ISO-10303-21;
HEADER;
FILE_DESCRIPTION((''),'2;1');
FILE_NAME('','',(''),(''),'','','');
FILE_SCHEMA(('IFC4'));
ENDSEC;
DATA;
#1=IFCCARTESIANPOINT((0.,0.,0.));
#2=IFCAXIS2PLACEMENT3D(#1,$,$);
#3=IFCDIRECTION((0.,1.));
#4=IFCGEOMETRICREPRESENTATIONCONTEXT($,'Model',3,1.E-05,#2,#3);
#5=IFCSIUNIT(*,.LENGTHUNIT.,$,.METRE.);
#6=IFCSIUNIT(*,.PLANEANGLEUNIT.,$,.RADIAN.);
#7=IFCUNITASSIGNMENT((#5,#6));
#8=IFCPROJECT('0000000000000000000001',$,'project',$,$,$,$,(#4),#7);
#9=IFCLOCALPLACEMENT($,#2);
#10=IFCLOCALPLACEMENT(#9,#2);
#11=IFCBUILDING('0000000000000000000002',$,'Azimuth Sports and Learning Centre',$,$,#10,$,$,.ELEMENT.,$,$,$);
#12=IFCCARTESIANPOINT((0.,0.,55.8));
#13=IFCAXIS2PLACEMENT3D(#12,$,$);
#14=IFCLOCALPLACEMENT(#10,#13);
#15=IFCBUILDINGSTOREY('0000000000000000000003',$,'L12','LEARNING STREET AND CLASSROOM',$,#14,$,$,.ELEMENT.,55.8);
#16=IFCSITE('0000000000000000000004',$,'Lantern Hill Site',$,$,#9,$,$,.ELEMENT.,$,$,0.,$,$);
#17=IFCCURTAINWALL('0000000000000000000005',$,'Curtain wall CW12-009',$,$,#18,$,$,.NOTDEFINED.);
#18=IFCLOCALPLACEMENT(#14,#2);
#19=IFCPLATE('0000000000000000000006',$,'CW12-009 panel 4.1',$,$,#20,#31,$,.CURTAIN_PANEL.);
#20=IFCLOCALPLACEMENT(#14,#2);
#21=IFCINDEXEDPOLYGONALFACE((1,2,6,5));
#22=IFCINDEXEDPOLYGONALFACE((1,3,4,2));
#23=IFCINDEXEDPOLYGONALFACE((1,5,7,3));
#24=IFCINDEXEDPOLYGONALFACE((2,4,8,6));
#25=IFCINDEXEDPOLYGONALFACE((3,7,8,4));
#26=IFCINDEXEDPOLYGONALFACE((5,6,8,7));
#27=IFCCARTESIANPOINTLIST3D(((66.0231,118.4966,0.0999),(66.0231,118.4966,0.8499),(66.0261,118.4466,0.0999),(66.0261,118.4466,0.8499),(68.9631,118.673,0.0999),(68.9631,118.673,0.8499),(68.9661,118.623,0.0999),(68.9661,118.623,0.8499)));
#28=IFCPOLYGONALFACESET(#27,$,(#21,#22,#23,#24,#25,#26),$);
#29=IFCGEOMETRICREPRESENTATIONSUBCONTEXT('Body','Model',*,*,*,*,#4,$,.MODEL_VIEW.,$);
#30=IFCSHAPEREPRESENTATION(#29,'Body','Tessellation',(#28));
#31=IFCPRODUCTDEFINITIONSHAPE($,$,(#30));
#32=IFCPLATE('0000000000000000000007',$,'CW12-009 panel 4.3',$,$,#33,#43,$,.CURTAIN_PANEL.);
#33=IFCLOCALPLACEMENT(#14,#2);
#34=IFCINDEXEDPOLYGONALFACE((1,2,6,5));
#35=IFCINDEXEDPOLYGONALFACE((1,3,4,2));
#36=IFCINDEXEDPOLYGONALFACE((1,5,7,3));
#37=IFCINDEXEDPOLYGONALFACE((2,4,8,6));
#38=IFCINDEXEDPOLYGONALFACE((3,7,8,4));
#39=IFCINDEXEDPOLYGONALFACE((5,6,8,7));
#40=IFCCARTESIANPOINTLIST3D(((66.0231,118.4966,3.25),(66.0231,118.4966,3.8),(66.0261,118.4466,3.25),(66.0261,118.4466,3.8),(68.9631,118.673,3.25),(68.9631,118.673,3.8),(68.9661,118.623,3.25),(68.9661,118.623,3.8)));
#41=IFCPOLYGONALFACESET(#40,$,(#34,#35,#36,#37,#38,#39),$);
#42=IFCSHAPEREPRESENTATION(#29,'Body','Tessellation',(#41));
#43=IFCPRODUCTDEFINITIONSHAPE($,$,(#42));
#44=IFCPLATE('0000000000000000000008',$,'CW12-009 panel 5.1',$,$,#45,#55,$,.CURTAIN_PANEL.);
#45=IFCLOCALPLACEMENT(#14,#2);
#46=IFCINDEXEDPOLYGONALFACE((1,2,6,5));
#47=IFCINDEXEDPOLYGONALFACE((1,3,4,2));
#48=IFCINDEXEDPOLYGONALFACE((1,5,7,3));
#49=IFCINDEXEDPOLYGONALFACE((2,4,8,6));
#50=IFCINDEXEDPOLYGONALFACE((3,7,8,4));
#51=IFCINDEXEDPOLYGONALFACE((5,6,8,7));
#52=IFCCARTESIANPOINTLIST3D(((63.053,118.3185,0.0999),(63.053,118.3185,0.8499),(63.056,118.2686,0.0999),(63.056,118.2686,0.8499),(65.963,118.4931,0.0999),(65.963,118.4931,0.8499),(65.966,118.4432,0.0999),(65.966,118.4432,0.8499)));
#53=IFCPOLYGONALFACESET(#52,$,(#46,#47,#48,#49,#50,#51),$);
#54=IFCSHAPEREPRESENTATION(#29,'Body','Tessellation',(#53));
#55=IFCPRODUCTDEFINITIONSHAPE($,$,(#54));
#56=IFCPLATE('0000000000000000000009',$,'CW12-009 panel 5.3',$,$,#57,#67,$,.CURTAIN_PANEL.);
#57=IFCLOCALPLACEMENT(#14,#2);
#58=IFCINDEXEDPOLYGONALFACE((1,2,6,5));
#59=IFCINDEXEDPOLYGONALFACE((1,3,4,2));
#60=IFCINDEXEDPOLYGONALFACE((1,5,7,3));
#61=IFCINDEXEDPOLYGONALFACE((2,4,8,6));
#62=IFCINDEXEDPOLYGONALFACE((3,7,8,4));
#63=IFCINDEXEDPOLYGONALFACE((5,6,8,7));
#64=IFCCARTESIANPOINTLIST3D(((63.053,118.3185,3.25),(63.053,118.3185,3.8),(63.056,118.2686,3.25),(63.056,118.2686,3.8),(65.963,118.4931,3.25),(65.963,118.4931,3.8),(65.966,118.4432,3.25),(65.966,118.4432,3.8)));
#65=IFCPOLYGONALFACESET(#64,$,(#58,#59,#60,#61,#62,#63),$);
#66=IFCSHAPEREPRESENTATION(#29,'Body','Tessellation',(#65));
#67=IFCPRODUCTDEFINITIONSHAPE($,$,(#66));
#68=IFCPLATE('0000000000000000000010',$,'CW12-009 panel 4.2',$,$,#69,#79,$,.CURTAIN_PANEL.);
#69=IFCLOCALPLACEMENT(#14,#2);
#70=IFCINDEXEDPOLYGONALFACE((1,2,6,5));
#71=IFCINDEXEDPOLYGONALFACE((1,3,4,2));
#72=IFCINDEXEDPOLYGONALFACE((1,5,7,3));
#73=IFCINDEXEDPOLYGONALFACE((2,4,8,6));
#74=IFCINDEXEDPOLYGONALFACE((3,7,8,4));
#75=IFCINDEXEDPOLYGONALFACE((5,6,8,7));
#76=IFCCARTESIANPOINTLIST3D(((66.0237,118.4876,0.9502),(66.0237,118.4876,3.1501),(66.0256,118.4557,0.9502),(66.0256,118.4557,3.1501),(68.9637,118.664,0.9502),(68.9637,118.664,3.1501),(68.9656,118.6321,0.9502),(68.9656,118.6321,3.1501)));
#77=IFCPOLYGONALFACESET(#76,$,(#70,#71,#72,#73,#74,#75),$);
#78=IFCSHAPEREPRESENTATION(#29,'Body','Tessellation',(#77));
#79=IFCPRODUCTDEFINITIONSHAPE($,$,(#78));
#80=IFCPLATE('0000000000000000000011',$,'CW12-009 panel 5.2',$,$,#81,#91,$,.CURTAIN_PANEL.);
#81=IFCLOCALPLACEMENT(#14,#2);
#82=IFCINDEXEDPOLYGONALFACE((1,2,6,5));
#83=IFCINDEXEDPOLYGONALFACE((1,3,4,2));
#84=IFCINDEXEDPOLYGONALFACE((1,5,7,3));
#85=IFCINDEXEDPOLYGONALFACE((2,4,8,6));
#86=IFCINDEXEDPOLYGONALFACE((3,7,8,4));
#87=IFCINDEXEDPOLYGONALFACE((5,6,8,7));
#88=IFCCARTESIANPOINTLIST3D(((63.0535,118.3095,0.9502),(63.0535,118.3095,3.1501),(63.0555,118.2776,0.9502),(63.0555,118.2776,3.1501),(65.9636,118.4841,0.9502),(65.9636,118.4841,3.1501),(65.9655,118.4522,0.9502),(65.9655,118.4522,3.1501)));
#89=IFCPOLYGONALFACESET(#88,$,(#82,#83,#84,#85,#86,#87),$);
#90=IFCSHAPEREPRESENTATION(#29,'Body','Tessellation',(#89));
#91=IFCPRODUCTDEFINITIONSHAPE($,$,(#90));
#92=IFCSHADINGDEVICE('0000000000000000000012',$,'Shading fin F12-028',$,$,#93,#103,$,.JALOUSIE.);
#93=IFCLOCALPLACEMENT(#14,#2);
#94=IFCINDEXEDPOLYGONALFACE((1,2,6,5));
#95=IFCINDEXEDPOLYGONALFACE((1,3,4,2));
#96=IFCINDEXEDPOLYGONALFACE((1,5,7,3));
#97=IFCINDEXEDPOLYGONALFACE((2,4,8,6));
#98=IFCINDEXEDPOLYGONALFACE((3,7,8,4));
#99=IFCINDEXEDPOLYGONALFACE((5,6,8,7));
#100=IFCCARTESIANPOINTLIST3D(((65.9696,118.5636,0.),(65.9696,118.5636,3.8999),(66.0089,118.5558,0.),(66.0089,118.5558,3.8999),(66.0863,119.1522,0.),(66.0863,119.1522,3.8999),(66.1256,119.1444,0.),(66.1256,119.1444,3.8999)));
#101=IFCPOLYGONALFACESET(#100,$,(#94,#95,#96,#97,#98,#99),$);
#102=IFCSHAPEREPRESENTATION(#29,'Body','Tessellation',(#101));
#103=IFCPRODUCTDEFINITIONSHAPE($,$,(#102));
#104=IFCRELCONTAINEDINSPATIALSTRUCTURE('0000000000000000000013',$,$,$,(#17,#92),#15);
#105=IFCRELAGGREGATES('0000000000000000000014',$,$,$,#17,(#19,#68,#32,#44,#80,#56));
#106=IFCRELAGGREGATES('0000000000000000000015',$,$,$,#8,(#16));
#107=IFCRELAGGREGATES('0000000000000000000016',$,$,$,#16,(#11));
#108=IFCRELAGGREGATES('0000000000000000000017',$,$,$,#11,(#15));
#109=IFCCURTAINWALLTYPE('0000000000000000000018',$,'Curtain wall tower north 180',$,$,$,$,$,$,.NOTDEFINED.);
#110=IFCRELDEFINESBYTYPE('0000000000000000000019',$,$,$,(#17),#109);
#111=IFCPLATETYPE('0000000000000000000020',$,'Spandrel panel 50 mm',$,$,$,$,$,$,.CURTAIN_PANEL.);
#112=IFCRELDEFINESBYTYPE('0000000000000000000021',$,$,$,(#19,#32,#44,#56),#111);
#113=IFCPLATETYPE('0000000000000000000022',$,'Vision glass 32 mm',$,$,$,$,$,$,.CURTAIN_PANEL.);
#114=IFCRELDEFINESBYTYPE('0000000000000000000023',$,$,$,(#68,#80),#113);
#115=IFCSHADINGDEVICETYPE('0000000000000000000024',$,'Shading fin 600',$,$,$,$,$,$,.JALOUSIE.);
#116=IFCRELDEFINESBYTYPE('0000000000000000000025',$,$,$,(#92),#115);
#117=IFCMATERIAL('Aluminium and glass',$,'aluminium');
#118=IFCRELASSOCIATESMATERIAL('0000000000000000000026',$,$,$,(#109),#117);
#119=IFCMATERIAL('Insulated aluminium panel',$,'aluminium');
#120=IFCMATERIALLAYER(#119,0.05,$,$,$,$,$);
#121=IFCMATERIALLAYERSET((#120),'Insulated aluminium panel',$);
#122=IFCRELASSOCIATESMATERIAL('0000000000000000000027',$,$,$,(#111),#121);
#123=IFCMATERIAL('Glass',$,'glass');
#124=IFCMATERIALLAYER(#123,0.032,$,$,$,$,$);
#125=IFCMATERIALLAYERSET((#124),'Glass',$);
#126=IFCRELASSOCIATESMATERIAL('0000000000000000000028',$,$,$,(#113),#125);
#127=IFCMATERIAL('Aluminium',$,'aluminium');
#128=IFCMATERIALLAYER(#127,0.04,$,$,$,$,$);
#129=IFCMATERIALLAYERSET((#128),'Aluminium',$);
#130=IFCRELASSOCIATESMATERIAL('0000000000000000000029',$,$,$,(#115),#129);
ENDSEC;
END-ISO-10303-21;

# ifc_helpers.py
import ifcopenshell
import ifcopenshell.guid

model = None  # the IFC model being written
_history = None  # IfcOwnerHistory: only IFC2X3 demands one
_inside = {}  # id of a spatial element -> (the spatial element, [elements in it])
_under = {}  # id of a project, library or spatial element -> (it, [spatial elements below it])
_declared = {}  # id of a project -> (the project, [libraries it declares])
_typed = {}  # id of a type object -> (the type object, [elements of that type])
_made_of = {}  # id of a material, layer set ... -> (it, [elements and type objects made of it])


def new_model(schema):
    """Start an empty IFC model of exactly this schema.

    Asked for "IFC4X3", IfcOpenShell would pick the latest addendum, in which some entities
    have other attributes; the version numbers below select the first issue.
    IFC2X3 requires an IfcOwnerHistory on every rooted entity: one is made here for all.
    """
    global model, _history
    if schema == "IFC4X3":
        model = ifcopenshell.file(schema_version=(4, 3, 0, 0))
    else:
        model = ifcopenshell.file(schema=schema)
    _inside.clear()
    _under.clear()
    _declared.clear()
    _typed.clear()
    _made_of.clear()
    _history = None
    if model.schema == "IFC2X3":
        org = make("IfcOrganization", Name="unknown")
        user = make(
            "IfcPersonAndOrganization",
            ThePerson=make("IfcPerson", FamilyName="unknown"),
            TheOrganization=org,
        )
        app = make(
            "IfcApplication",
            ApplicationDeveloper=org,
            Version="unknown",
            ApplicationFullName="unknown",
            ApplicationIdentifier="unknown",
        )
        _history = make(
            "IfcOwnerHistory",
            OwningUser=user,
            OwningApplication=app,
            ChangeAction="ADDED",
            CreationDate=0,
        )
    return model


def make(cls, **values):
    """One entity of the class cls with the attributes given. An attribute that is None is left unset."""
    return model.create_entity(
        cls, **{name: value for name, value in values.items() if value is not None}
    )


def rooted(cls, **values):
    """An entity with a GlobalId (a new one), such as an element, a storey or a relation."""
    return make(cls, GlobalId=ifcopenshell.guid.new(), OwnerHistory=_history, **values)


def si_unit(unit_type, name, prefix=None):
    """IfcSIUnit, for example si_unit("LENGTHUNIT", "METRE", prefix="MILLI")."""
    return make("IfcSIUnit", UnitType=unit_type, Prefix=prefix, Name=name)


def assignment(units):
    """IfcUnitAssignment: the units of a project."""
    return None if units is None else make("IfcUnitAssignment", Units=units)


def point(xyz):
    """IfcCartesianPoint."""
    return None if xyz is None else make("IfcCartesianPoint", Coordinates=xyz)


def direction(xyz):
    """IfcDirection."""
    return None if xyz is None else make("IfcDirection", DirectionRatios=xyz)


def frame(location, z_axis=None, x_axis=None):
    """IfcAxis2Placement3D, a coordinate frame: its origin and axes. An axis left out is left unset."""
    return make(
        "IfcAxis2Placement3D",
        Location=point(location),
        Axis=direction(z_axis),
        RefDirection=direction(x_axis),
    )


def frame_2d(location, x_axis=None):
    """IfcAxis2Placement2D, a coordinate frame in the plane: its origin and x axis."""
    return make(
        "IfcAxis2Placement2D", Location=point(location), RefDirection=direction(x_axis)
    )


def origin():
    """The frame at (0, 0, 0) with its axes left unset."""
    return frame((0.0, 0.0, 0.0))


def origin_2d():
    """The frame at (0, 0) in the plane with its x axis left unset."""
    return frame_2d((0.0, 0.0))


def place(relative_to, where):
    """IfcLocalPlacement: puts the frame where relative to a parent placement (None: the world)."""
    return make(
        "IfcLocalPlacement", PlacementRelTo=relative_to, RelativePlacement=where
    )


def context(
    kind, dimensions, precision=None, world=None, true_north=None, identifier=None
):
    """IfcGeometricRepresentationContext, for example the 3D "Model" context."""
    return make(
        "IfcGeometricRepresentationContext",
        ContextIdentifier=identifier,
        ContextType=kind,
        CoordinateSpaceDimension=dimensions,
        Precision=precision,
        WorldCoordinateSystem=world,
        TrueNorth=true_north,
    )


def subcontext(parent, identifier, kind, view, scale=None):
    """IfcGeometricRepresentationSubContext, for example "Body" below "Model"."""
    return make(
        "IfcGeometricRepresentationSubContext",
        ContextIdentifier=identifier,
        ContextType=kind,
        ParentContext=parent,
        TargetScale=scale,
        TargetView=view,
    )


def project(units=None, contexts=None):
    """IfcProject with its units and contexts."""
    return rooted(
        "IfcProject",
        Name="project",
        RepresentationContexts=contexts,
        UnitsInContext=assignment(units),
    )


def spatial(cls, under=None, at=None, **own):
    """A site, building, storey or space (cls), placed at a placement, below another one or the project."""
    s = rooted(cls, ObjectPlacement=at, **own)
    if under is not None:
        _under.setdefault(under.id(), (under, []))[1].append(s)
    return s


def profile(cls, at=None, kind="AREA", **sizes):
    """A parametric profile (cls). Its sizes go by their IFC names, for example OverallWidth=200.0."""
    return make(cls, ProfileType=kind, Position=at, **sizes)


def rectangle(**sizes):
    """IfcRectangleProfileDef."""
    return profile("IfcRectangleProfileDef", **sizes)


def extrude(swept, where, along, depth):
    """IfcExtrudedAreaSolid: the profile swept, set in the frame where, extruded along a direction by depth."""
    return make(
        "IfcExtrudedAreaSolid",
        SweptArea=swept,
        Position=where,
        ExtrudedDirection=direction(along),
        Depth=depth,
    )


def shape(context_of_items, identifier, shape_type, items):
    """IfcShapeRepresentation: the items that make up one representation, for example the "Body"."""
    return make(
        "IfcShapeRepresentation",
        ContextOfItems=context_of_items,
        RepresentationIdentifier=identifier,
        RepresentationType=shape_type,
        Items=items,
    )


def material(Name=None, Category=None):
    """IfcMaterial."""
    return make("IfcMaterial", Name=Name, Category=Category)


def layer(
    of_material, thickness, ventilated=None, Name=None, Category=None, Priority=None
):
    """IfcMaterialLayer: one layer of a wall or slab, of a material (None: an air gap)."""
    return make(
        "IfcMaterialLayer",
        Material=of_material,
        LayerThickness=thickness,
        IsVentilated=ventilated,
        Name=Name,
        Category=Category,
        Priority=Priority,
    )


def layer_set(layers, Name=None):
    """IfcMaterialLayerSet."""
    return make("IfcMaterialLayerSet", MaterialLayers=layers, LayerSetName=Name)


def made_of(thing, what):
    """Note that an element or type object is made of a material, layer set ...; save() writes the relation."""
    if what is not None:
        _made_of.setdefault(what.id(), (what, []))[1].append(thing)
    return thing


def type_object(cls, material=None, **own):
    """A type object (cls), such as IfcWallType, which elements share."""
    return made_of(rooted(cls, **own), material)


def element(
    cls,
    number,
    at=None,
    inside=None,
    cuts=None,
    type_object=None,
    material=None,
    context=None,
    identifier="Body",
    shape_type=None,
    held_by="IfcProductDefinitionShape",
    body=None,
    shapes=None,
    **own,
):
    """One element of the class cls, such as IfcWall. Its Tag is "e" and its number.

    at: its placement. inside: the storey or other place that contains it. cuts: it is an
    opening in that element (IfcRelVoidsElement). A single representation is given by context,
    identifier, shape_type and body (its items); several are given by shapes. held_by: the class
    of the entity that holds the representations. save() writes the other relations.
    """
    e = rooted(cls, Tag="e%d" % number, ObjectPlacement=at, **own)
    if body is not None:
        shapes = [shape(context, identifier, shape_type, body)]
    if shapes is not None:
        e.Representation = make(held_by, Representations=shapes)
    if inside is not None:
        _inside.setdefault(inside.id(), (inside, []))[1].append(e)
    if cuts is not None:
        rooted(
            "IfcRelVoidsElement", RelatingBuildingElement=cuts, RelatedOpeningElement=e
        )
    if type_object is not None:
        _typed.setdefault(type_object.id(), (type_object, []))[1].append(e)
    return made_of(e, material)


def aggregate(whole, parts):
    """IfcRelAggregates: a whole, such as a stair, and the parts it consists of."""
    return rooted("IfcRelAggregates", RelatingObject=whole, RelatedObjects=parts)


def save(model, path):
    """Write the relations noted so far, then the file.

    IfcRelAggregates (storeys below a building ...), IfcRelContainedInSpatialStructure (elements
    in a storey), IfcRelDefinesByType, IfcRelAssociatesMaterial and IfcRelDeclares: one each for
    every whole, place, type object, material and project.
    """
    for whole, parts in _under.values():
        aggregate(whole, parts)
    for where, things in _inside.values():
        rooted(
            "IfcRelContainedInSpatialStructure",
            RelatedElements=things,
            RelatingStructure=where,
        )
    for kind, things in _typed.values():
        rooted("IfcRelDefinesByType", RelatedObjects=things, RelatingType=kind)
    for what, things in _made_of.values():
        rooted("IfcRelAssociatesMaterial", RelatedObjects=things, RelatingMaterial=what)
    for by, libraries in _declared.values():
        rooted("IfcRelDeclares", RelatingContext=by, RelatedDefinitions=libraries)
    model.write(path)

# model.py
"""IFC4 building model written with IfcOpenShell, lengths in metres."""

from ifc_helpers import new_model, si_unit, direction, frame, origin, origin_2d, place, context, subcontext, project, spatial, rectangle, extrude, material, layer, layer_set, type_object, element, aggregate, save


model = new_model("IFC4")

# Units and contexts
model_context = context("Model", 3, precision=1e-05, world=origin(), true_north=direction((0.0, 1.0)))
body_context = subcontext(model_context, "Body", "Model", "MODEL_VIEW")
ifc_project = project(units=[si_unit("LENGTHUNIT", "METRE"), si_unit("PLANEANGLEUNIT", "RADIAN")], contexts=[model_context])

# Site, building, storey
site_placement = place(None, origin())
site = spatial("IfcSite", under=ifc_project, at=site_placement, Name="Lantern Hill Site", CompositionType="ELEMENT", RefElevation=0.0)
building_placement = place(site_placement, origin())
building = spatial("IfcBuilding", under=site, at=building_placement, Name="Azimuth Sports and Learning Centre", CompositionType="ELEMENT")
storey_placement = place(building_placement, frame((0.0, 0.0, 55.8)))
storey = spatial("IfcBuildingStorey", under=building, at=storey_placement, Name="L12", Description="LEARNING STREET AND CLASSROOM", CompositionType="ELEMENT", Elevation=55.8)

# Curtain wall, plates
ifc_material_1 = material(Name="Aluminium and glass", Category="aluminium")
curtain_wall_type = type_object("IfcCurtainWallType", Name="Curtain wall tower north 180", PredefinedType="NOTDEFINED", material=ifc_material_1)
curtain_wall_placement = place(storey_placement, origin())
curtain_wall = element("IfcCurtainWall", 1, at=curtain_wall_placement, inside=storey, type_object=curtain_wall_type, Name="Curtain wall CW12-009", PredefinedType="NOTDEFINED")
ifc_material_2 = material(Name="Insulated aluminium panel", Category="aluminium")
ifc_layer_1 = layer(ifc_material_2, 0.05)
ifc_layer_set_1 = layer_set([ifc_layer_1], Name="Insulated aluminium panel")
plate_type_1 = type_object("IfcPlateType", Name="Spandrel panel 50 mm", PredefinedType="CURTAIN_PANEL", material=ifc_layer_set_1)
plate_1_placement = place(storey_placement, frame((67.4946, 118.5598, 0.0999), z_axis=(0.0, 0.0, 1.0), x_axis=(-0.998205, -0.059892, 0.0)))
plate_1 = element("IfcPlate", 2, at=plate_1_placement, type_object=plate_type_1, Name="CW12-009 panel 4.1", PredefinedType="CURTAIN_PANEL", context=body_context, shape_type="SweptSolid", body=[
    extrude(rectangle(XDim=2.9453, YDim=0.05, at=origin_2d()), origin(), (0.0, 0.0, 1.0), 0.75),
])
plate_2_placement = place(storey_placement, frame((67.4946, 118.5598, 3.25), z_axis=(0.0, 0.0, 1.0), x_axis=(-0.998205, -0.059892, 0.0)))
plate_2 = element("IfcPlate", 3, at=plate_2_placement, type_object=plate_type_1, Name="CW12-009 panel 4.3", PredefinedType="CURTAIN_PANEL", context=body_context, shape_type="SweptSolid", body=[
    extrude(rectangle(XDim=2.9453, YDim=0.05, at=origin_2d()), origin(), (0.0, 0.0, 1.0), 0.55),
])
plate_3_placement = place(storey_placement, frame((64.5095, 118.3809, 0.0999), z_axis=(0.0, 0.0, 1.0), x_axis=(-0.998205, -0.059892, 0.0)))
plate_3 = element("IfcPlate", 4, at=plate_3_placement, type_object=plate_type_1, Name="CW12-009 panel 5.1", PredefinedType="CURTAIN_PANEL", context=body_context, shape_type="SweptSolid", body=[
    extrude(rectangle(XDim=2.9153, YDim=0.05, at=origin_2d()), origin(), (0.0, 0.0, 1.0), 0.75),
])
plate_4_placement = place(storey_placement, frame((64.5095, 118.3809, 3.25), z_axis=(0.0, 0.0, 1.0), x_axis=(-0.998205, -0.059892, 0.0)))
plate_4 = element("IfcPlate", 5, at=plate_4_placement, type_object=plate_type_1, Name="CW12-009 panel 5.3", PredefinedType="CURTAIN_PANEL", context=body_context, shape_type="SweptSolid", body=[
    extrude(rectangle(XDim=2.9153, YDim=0.05, at=origin_2d()), origin(), (0.0, 0.0, 1.0), 0.55),
])
ifc_material_3 = material(Name="Glass", Category="glass")
ifc_layer_2 = layer(ifc_material_3, 0.032)
ifc_layer_set_2 = layer_set([ifc_layer_2], Name="Glass")
plate_type_2 = type_object("IfcPlateType", Name="Vision glass 32 mm", PredefinedType="CURTAIN_PANEL", material=ifc_layer_set_2)
plate_5_placement = place(storey_placement, frame((67.4946, 118.5598, 0.9502), z_axis=(0.0, 0.0, 1.0), x_axis=(-0.998205, -0.059892, 0.0)))
plate_5 = element("IfcPlate", 6, at=plate_5_placement, type_object=plate_type_2, Name="CW12-009 panel 4.2", PredefinedType="CURTAIN_PANEL", context=body_context, shape_type="SweptSolid", body=[
    extrude(rectangle(XDim=2.9453, YDim=0.032, at=origin_2d()), origin(), (0.0, 0.0, 1.0), 2.2),
])
plate_6_placement = place(storey_placement, frame((64.5095, 118.3809, 0.9502), z_axis=(0.0, 0.0, 1.0), x_axis=(-0.998205, -0.059892, 0.0)))
plate_6 = element("IfcPlate", 7, at=plate_6_placement, type_object=plate_type_2, Name="CW12-009 panel 5.2", PredefinedType="CURTAIN_PANEL", context=body_context, shape_type="SweptSolid", body=[
    extrude(rectangle(XDim=2.9153, YDim=0.032, at=origin_2d()), origin(), (0.0, 0.0, 1.0), 2.2),
])
aggregate(curtain_wall, [plate_1, plate_5, plate_2, plate_3, plate_6, plate_4])

# Shading device
ifc_material_4 = material(Name="Aluminium", Category="aluminium")
ifc_layer_3 = layer(ifc_material_4, 0.04)
ifc_layer_set_3 = layer_set([ifc_layer_3], Name="Aluminium")
shading_device_type = type_object("IfcShadingDeviceType", Name="Shading fin 600", PredefinedType="JALOUSIE", material=ifc_layer_set_3)
shading_device_placement = place(storey_placement, frame((66.0476, 118.854, 0.0), z_axis=(0.0, 0.0, 1.0), x_axis=(0.194387, 0.980925, 0.0)))
element("IfcShadingDevice", 8, at=shading_device_placement, inside=storey, type_object=shading_device_type, Name="Shading fin F12-028", PredefinedType="JALOUSIE", context=body_context, shape_type="SweptSolid", body=[
    extrude(rectangle(XDim=0.6001, YDim=0.04, at=origin_2d()), origin(), (0.0, 0.0, 1.0), 3.8999),
])

save(model, "model.ifc")
